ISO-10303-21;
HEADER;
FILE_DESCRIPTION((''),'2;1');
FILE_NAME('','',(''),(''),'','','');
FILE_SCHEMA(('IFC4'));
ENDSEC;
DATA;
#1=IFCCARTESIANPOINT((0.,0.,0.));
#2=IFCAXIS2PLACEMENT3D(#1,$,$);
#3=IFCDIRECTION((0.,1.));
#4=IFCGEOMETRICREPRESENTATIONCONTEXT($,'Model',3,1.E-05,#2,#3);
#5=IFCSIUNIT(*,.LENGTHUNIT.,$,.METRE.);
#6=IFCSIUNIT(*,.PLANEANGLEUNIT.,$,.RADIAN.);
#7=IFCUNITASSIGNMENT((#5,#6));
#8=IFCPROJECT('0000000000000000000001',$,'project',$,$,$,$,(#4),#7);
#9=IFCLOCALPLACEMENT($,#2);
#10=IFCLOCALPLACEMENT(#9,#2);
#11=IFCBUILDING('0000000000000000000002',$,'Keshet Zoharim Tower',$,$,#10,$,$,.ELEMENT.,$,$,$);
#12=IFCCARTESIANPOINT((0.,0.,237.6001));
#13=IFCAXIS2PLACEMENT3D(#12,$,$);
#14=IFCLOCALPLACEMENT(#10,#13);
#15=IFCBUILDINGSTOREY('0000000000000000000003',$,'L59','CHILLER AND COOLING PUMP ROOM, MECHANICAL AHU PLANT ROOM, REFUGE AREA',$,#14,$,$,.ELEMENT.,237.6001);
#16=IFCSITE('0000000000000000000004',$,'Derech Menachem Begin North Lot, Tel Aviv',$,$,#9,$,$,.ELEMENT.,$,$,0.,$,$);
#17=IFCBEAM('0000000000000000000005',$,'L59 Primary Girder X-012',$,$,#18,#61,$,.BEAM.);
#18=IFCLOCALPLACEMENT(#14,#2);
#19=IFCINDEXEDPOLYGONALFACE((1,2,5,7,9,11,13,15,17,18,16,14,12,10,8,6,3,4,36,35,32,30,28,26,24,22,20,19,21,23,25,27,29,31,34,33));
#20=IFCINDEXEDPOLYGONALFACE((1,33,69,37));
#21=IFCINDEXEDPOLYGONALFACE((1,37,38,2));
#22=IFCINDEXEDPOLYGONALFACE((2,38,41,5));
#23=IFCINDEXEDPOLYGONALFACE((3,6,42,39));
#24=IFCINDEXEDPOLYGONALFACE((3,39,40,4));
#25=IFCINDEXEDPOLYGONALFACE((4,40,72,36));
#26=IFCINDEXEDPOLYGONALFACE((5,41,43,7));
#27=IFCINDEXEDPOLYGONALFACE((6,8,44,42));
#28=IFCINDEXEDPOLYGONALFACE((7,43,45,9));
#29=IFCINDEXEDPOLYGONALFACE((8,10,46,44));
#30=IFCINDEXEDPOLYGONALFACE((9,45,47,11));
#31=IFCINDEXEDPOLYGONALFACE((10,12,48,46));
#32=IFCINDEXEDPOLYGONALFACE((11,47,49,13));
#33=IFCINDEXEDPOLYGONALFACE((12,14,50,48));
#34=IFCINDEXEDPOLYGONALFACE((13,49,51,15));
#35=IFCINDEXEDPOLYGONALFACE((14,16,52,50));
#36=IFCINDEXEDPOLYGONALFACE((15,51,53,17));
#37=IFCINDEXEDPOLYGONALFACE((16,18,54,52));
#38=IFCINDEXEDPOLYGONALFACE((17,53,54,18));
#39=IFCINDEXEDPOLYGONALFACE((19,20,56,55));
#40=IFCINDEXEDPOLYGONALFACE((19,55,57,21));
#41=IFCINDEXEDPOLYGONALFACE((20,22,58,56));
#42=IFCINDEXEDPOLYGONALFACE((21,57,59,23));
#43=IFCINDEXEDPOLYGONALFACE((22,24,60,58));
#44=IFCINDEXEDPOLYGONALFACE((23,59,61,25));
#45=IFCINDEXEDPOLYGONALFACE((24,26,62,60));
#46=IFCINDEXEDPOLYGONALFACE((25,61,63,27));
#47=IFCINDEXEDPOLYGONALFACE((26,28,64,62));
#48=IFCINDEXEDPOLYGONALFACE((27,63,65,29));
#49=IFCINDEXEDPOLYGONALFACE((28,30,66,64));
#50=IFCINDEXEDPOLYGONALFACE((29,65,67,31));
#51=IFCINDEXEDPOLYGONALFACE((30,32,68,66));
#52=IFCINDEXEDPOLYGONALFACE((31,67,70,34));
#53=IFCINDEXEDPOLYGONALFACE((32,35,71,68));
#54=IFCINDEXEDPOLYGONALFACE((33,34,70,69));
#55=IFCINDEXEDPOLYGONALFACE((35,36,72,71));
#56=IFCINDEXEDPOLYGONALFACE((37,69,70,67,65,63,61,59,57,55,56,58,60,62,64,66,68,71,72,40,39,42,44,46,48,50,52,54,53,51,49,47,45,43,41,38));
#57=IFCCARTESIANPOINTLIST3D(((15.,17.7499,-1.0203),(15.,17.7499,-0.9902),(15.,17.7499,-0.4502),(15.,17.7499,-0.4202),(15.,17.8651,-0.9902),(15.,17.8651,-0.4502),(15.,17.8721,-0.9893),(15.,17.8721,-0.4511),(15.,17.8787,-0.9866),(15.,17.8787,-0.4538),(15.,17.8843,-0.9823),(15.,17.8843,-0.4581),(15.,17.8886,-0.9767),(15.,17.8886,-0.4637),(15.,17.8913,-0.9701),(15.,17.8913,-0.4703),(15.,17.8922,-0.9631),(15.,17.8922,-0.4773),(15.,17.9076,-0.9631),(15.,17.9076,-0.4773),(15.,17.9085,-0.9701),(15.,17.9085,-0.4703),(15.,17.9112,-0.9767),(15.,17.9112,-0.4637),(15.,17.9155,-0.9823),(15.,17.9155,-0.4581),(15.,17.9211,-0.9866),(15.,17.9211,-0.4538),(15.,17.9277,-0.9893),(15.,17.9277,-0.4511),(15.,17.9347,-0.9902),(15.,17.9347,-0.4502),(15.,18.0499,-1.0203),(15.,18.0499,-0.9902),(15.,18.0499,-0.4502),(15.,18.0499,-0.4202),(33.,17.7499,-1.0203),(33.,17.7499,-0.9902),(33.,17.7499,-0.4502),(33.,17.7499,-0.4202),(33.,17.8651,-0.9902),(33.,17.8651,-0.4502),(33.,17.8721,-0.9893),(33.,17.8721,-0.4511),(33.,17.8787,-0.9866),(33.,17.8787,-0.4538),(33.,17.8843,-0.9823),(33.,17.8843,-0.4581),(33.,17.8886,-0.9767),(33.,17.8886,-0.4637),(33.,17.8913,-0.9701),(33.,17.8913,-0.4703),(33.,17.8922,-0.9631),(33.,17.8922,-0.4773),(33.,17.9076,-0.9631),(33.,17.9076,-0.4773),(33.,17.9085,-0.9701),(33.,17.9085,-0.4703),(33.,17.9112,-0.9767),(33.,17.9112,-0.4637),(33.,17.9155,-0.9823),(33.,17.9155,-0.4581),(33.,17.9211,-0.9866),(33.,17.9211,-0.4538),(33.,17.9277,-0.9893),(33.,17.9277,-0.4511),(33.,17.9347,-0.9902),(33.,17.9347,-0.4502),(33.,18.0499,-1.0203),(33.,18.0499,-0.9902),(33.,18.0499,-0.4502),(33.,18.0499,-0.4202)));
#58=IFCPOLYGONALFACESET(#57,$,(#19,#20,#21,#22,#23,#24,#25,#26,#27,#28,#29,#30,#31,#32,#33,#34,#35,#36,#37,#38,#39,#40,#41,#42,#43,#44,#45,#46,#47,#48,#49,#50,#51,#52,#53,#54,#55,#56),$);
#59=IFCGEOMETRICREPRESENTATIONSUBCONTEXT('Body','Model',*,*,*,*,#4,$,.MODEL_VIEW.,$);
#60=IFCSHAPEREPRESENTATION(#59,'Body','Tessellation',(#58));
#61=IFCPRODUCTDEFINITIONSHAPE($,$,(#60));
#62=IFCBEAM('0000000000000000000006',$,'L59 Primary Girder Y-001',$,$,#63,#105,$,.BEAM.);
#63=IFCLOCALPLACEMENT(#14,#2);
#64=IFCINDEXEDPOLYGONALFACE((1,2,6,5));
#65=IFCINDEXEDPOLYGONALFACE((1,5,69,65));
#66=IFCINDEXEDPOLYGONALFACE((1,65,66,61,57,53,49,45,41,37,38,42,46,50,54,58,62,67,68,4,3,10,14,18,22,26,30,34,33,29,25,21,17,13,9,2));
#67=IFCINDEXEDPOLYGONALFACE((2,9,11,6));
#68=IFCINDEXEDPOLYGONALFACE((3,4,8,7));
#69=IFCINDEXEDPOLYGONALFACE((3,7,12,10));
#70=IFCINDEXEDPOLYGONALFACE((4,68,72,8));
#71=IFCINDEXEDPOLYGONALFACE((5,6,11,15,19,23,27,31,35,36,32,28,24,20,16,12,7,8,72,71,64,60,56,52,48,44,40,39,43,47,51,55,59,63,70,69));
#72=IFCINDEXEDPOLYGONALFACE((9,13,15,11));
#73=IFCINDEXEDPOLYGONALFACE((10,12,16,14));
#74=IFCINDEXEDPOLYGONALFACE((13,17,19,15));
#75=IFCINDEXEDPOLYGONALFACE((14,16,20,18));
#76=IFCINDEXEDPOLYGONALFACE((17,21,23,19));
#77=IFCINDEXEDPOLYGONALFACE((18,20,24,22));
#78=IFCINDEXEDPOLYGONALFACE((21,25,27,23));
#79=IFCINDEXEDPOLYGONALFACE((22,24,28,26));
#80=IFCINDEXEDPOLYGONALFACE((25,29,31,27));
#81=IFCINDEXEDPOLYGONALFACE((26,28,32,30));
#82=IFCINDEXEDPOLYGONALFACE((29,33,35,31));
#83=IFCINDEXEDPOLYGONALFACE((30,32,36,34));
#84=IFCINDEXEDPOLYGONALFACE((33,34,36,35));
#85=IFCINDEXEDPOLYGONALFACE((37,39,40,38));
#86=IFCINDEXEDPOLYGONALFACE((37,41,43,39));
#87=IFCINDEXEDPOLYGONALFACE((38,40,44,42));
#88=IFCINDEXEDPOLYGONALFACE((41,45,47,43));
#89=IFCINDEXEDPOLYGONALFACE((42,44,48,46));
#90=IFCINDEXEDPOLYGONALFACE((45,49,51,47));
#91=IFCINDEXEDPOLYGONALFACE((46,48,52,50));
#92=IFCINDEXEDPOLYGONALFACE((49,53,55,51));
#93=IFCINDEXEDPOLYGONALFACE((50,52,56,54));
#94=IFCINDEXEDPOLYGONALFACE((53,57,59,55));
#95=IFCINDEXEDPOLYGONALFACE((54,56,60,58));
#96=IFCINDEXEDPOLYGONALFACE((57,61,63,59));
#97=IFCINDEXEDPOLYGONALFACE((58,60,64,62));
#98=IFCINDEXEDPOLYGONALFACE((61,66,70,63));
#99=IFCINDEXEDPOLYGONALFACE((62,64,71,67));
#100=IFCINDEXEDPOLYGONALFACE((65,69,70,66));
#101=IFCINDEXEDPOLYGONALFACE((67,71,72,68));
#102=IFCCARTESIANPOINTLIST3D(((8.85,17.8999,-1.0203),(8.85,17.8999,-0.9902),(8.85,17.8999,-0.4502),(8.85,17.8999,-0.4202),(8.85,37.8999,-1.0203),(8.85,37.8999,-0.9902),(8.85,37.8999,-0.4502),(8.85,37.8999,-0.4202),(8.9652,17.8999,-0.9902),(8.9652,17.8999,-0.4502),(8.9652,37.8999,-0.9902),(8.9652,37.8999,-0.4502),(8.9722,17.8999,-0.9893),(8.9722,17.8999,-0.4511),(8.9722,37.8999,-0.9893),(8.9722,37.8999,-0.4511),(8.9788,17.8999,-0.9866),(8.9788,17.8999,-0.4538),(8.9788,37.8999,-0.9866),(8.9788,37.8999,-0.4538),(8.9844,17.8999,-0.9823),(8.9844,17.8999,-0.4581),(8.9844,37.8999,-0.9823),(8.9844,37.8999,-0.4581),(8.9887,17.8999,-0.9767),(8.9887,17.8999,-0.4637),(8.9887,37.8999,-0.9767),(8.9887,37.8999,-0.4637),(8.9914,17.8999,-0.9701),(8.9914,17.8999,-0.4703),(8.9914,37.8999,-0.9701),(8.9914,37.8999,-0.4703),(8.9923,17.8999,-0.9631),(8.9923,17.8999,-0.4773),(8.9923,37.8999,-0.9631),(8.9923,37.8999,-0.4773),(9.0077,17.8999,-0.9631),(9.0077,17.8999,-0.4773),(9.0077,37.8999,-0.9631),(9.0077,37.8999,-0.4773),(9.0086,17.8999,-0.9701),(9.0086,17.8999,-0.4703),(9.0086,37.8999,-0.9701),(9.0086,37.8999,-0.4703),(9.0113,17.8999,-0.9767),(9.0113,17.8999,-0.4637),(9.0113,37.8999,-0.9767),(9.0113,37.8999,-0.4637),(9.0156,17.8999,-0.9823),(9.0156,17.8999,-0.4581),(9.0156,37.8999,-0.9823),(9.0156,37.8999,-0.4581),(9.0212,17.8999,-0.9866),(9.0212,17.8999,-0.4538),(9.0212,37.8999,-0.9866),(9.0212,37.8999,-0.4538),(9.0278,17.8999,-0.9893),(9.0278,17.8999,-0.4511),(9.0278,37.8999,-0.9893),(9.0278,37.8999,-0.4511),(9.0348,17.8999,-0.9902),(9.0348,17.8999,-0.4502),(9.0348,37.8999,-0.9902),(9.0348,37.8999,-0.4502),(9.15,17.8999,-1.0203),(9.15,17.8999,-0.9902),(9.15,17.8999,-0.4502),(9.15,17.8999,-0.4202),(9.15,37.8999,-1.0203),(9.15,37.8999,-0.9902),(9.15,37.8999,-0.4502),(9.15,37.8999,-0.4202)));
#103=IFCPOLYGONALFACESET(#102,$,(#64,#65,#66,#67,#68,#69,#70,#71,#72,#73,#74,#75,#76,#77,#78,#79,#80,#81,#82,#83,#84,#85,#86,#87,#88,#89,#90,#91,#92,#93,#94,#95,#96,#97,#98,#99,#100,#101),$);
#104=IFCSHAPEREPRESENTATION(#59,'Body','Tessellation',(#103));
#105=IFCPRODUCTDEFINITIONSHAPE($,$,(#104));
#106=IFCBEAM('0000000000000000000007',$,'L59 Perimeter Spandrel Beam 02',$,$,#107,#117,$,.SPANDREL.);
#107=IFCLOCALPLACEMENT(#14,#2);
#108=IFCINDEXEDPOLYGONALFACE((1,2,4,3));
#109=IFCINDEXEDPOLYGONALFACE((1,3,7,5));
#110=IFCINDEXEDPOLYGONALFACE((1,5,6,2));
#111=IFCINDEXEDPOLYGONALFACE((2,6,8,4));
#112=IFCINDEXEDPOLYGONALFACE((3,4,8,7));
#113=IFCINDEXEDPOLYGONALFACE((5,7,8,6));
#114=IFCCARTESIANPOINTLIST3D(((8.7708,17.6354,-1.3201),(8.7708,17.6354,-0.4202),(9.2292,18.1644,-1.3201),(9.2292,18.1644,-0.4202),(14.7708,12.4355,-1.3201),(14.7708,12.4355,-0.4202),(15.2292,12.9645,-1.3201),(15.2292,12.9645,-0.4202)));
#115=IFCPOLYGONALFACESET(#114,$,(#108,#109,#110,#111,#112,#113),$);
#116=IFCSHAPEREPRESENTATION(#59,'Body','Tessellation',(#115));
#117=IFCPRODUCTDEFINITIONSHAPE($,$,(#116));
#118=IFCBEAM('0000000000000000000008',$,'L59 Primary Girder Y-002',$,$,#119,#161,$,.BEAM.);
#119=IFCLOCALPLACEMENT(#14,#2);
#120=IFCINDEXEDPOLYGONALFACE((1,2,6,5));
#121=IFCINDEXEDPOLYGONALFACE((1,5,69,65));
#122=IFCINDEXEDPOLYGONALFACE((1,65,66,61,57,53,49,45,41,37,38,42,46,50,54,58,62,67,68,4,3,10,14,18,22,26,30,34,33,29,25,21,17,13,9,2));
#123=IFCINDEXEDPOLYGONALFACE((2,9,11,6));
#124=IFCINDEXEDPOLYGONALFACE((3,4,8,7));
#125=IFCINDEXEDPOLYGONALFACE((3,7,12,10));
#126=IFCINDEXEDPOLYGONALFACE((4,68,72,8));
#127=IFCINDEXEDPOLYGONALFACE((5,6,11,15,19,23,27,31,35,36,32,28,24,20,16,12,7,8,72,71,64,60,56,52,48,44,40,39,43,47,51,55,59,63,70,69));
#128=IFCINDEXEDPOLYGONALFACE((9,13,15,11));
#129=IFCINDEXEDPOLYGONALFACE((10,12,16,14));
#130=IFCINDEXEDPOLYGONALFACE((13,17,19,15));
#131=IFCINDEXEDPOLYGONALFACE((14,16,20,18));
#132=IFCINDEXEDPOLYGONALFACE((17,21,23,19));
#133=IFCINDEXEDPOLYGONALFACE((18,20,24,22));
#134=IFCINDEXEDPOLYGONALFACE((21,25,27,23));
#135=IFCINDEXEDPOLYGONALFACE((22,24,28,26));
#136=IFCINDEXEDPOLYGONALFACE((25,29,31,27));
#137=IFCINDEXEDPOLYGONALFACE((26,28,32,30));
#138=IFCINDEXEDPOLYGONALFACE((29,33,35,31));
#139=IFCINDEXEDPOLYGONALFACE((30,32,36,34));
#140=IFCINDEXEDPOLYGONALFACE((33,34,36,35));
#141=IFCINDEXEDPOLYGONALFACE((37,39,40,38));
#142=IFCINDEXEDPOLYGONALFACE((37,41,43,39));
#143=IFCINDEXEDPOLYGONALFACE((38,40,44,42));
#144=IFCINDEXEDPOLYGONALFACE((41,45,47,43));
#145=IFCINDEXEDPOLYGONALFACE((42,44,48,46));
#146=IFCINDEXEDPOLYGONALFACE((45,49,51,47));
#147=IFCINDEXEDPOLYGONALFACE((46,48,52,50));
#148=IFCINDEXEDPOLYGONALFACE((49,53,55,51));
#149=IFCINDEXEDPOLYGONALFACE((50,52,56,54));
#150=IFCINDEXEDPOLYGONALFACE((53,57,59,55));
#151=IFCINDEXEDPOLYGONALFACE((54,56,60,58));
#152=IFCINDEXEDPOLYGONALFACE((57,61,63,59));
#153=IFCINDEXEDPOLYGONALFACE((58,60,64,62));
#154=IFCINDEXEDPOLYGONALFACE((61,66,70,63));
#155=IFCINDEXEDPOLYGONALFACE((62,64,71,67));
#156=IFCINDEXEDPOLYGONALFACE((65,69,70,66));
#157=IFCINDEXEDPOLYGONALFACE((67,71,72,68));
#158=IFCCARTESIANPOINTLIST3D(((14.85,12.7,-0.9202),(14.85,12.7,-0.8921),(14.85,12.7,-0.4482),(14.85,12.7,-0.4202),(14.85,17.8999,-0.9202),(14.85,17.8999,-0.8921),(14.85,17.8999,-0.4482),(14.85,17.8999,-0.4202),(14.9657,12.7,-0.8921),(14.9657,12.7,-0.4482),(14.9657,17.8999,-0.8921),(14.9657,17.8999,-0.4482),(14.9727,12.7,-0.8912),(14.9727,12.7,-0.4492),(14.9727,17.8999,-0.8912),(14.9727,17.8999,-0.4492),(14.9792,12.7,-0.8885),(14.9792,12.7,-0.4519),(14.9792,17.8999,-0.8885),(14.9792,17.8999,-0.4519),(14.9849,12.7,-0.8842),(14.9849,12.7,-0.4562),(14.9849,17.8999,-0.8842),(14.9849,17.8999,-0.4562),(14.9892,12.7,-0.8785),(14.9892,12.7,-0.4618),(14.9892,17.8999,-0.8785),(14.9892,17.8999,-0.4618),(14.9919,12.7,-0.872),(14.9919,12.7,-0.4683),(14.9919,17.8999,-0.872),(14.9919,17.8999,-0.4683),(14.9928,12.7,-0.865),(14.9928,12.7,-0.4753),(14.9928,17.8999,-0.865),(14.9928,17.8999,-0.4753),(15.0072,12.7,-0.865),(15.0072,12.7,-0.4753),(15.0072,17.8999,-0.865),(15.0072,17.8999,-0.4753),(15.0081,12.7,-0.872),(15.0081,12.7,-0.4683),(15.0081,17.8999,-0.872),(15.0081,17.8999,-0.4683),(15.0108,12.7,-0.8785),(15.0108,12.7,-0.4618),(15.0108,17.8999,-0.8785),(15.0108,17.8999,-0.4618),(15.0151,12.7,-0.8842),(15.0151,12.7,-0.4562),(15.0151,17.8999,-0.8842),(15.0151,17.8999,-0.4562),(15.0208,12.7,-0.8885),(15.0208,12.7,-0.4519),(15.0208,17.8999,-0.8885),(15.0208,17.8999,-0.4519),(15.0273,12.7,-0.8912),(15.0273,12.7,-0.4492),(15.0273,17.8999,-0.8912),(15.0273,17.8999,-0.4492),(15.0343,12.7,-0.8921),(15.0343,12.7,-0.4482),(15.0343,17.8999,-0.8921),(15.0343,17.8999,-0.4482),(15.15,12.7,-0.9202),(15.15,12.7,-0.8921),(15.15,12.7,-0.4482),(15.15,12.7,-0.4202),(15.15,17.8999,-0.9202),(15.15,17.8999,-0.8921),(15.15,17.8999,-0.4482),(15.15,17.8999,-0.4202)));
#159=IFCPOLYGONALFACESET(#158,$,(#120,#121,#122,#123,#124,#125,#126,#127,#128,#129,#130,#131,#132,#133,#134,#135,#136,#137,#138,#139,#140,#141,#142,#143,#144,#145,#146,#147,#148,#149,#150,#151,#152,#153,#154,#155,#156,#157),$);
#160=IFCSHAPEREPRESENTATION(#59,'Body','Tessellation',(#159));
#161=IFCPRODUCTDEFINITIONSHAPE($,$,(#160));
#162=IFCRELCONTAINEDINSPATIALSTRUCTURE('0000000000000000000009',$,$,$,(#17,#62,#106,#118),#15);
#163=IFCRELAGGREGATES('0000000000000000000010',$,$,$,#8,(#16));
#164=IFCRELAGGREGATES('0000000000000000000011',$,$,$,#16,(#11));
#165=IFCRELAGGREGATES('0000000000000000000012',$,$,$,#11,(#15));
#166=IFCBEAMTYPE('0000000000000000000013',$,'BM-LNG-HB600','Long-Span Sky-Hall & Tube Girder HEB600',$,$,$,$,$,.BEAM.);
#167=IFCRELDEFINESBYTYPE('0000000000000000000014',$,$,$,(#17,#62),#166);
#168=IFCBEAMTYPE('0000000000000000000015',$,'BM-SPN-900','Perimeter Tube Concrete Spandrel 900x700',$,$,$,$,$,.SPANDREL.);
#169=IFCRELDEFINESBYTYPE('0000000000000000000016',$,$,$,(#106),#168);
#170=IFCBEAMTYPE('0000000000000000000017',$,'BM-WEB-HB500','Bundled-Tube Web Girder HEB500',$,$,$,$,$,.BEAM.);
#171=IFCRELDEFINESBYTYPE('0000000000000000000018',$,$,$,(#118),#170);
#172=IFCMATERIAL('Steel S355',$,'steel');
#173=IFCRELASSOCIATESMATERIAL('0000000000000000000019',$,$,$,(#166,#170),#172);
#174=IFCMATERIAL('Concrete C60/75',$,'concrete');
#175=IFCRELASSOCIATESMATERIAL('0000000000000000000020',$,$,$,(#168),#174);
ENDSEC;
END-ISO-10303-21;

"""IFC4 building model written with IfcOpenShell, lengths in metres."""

from ifc_helpers import new_model, si_unit, direction, frame, origin, origin_2d, place, context, subcontext, project, spatial, rectangle, i_section, extrude, material, material_profile, profile_set, type_object, element, save


model = new_model("IFC4")

# Units and contexts
model_context = context("Model", 3, precision=1e-05, world=origin(), true_north=direction((0.0, 1.0)))
body_context = subcontext(model_context, "Body", "Model", "MODEL_VIEW")
ifc_project = project(units=[si_unit("LENGTHUNIT", "METRE"), si_unit("PLANEANGLEUNIT", "RADIAN")], contexts=[model_context])

# Site, building, storey
site_placement = place(None, origin())
site = spatial("IfcSite", under=ifc_project, at=site_placement, Name="Derech Menachem Begin North Lot, Tel Aviv", CompositionType="ELEMENT", RefElevation=0.0)
building_placement = place(site_placement, origin())
building = spatial("IfcBuilding", under=site, at=building_placement, Name="Keshet Zoharim Tower", CompositionType="ELEMENT")
storey_placement = place(building_placement, frame((0.0, 0.0, 237.6001)))
storey = spatial("IfcBuildingStorey", under=building, at=storey_placement, Name="L59", Description="CHILLER AND COOLING PUMP ROOM, MECHANICAL AHU PLANT ROOM, REFUGE AREA", CompositionType="ELEMENT", Elevation=237.6001)

# Shared definitions
ifc_material_1 = material(Name="Steel S355", Category="steel")

# Beams
ifc_material_profile_1 = material_profile(ifc_material_1, i_section(OverallWidth=0.3, OverallDepth=0.6001, WebThickness=0.0154, FlangeThickness=0.03, FilletRadius=0.0271, at=origin_2d()), Name="HEB600")
ifc_profile_set_1 = profile_set([ifc_material_profile_1], Name="Steel S355")
beam_type_1 = type_object("IfcBeamType", Name="BM-LNG-HB600", Description="Long-Span Sky-Hall & Tube Girder HEB600", PredefinedType="BEAM", material=ifc_profile_set_1)
for number, where, z_axis, x_axis, name in (
    (1, (15.0, 17.8999, -0.7202), (1.0, 0.0, 0.0), (0.0, 1.0, 0.0), "L59 Primary Girder X-012"),
):
    element("IfcBeam", number, at=place(storey_placement, frame(where, z_axis=z_axis, x_axis=x_axis)), inside=storey, type_object=beam_type_1, Name=name, PredefinedType="BEAM", context=body_context, shape_type="SweptSolid", body=[
        extrude(i_section(OverallWidth=0.3, OverallDepth=0.6001, WebThickness=0.0154, FlangeThickness=0.03, FilletRadius=0.0271, at=origin_2d()), origin(), (0.0, 0.0, 1.0), 18.0),
    ])
beam_1_placement = place(storey_placement, frame((9.0, 17.8999, -0.7202), z_axis=(0.0, 1.0, 0.0), x_axis=(-1.0, 0.0, 0.0)))
element("IfcBeam", 2, at=beam_1_placement, inside=storey, type_object=beam_type_1, Name="L59 Primary Girder Y-001", PredefinedType="BEAM", context=body_context, shape_type="SweptSolid", body=[
    extrude(i_section(OverallWidth=0.3, OverallDepth=0.6001, WebThickness=0.0154, FlangeThickness=0.03, FilletRadius=0.0271, at=origin_2d()), origin(), (0.0, 0.0, 1.0), 20.0),
])
ifc_material_2 = material(Name="Concrete C60/75", Category="concrete")
ifc_material_profile_2 = material_profile(ifc_material_2, rectangle(XDim=0.7, YDim=0.8999, at=origin_2d()), Name="RC900x700")
ifc_profile_set_2 = profile_set([ifc_material_profile_2], Name="Concrete C60/75")
beam_type_2 = type_object("IfcBeamType", Name="BM-SPN-900", Description="Perimeter Tube Concrete Spandrel 900x700", PredefinedType="SPANDREL", material=ifc_profile_set_2)
beam_2_placement = place(storey_placement, frame((9.0, 17.8999, -0.8701), z_axis=(0.755692, -0.654927, 0.0), x_axis=(0.654927, 0.755692, 0.0)))
element("IfcBeam", 3, at=beam_2_placement, inside=storey, type_object=beam_type_2, Name="L59 Perimeter Spandrel Beam 02", PredefinedType="SPANDREL", context=body_context, shape_type="SweptSolid", body=[
    extrude(rectangle(XDim=0.7, YDim=0.8999, at=origin_2d()), origin(), (0.0, 0.0, 1.0), 7.9397),
])
ifc_material_profile_3 = material_profile(ifc_material_1, i_section(OverallWidth=0.3, OverallDepth=0.5, WebThickness=0.0144, FlangeThickness=0.0281, FilletRadius=0.0271, at=origin_2d()), Name="HEB500")
ifc_profile_set_3 = profile_set([ifc_material_profile_3], Name="Steel S355")
beam_type_3 = type_object("IfcBeamType", Name="BM-WEB-HB500", Description="Bundled-Tube Web Girder HEB500", PredefinedType="BEAM", material=ifc_profile_set_3)
beam_3_placement = place(storey_placement, frame((15.0, 12.7, -0.6702), z_axis=(0.0, 1.0, 0.0), x_axis=(-1.0, 0.0, 0.0)))
element("IfcBeam", 4, at=beam_3_placement, inside=storey, type_object=beam_type_3, Name="L59 Primary Girder Y-002", PredefinedType="BEAM", context=body_context, shape_type="SweptSolid", body=[
    extrude(i_section(OverallWidth=0.3, OverallDepth=0.5, WebThickness=0.0144, FlangeThickness=0.0281, FilletRadius=0.0271, at=origin_2d()), origin(), (0.0, 0.0, 1.0), 5.2),
])

save(model, "model.ifc")
